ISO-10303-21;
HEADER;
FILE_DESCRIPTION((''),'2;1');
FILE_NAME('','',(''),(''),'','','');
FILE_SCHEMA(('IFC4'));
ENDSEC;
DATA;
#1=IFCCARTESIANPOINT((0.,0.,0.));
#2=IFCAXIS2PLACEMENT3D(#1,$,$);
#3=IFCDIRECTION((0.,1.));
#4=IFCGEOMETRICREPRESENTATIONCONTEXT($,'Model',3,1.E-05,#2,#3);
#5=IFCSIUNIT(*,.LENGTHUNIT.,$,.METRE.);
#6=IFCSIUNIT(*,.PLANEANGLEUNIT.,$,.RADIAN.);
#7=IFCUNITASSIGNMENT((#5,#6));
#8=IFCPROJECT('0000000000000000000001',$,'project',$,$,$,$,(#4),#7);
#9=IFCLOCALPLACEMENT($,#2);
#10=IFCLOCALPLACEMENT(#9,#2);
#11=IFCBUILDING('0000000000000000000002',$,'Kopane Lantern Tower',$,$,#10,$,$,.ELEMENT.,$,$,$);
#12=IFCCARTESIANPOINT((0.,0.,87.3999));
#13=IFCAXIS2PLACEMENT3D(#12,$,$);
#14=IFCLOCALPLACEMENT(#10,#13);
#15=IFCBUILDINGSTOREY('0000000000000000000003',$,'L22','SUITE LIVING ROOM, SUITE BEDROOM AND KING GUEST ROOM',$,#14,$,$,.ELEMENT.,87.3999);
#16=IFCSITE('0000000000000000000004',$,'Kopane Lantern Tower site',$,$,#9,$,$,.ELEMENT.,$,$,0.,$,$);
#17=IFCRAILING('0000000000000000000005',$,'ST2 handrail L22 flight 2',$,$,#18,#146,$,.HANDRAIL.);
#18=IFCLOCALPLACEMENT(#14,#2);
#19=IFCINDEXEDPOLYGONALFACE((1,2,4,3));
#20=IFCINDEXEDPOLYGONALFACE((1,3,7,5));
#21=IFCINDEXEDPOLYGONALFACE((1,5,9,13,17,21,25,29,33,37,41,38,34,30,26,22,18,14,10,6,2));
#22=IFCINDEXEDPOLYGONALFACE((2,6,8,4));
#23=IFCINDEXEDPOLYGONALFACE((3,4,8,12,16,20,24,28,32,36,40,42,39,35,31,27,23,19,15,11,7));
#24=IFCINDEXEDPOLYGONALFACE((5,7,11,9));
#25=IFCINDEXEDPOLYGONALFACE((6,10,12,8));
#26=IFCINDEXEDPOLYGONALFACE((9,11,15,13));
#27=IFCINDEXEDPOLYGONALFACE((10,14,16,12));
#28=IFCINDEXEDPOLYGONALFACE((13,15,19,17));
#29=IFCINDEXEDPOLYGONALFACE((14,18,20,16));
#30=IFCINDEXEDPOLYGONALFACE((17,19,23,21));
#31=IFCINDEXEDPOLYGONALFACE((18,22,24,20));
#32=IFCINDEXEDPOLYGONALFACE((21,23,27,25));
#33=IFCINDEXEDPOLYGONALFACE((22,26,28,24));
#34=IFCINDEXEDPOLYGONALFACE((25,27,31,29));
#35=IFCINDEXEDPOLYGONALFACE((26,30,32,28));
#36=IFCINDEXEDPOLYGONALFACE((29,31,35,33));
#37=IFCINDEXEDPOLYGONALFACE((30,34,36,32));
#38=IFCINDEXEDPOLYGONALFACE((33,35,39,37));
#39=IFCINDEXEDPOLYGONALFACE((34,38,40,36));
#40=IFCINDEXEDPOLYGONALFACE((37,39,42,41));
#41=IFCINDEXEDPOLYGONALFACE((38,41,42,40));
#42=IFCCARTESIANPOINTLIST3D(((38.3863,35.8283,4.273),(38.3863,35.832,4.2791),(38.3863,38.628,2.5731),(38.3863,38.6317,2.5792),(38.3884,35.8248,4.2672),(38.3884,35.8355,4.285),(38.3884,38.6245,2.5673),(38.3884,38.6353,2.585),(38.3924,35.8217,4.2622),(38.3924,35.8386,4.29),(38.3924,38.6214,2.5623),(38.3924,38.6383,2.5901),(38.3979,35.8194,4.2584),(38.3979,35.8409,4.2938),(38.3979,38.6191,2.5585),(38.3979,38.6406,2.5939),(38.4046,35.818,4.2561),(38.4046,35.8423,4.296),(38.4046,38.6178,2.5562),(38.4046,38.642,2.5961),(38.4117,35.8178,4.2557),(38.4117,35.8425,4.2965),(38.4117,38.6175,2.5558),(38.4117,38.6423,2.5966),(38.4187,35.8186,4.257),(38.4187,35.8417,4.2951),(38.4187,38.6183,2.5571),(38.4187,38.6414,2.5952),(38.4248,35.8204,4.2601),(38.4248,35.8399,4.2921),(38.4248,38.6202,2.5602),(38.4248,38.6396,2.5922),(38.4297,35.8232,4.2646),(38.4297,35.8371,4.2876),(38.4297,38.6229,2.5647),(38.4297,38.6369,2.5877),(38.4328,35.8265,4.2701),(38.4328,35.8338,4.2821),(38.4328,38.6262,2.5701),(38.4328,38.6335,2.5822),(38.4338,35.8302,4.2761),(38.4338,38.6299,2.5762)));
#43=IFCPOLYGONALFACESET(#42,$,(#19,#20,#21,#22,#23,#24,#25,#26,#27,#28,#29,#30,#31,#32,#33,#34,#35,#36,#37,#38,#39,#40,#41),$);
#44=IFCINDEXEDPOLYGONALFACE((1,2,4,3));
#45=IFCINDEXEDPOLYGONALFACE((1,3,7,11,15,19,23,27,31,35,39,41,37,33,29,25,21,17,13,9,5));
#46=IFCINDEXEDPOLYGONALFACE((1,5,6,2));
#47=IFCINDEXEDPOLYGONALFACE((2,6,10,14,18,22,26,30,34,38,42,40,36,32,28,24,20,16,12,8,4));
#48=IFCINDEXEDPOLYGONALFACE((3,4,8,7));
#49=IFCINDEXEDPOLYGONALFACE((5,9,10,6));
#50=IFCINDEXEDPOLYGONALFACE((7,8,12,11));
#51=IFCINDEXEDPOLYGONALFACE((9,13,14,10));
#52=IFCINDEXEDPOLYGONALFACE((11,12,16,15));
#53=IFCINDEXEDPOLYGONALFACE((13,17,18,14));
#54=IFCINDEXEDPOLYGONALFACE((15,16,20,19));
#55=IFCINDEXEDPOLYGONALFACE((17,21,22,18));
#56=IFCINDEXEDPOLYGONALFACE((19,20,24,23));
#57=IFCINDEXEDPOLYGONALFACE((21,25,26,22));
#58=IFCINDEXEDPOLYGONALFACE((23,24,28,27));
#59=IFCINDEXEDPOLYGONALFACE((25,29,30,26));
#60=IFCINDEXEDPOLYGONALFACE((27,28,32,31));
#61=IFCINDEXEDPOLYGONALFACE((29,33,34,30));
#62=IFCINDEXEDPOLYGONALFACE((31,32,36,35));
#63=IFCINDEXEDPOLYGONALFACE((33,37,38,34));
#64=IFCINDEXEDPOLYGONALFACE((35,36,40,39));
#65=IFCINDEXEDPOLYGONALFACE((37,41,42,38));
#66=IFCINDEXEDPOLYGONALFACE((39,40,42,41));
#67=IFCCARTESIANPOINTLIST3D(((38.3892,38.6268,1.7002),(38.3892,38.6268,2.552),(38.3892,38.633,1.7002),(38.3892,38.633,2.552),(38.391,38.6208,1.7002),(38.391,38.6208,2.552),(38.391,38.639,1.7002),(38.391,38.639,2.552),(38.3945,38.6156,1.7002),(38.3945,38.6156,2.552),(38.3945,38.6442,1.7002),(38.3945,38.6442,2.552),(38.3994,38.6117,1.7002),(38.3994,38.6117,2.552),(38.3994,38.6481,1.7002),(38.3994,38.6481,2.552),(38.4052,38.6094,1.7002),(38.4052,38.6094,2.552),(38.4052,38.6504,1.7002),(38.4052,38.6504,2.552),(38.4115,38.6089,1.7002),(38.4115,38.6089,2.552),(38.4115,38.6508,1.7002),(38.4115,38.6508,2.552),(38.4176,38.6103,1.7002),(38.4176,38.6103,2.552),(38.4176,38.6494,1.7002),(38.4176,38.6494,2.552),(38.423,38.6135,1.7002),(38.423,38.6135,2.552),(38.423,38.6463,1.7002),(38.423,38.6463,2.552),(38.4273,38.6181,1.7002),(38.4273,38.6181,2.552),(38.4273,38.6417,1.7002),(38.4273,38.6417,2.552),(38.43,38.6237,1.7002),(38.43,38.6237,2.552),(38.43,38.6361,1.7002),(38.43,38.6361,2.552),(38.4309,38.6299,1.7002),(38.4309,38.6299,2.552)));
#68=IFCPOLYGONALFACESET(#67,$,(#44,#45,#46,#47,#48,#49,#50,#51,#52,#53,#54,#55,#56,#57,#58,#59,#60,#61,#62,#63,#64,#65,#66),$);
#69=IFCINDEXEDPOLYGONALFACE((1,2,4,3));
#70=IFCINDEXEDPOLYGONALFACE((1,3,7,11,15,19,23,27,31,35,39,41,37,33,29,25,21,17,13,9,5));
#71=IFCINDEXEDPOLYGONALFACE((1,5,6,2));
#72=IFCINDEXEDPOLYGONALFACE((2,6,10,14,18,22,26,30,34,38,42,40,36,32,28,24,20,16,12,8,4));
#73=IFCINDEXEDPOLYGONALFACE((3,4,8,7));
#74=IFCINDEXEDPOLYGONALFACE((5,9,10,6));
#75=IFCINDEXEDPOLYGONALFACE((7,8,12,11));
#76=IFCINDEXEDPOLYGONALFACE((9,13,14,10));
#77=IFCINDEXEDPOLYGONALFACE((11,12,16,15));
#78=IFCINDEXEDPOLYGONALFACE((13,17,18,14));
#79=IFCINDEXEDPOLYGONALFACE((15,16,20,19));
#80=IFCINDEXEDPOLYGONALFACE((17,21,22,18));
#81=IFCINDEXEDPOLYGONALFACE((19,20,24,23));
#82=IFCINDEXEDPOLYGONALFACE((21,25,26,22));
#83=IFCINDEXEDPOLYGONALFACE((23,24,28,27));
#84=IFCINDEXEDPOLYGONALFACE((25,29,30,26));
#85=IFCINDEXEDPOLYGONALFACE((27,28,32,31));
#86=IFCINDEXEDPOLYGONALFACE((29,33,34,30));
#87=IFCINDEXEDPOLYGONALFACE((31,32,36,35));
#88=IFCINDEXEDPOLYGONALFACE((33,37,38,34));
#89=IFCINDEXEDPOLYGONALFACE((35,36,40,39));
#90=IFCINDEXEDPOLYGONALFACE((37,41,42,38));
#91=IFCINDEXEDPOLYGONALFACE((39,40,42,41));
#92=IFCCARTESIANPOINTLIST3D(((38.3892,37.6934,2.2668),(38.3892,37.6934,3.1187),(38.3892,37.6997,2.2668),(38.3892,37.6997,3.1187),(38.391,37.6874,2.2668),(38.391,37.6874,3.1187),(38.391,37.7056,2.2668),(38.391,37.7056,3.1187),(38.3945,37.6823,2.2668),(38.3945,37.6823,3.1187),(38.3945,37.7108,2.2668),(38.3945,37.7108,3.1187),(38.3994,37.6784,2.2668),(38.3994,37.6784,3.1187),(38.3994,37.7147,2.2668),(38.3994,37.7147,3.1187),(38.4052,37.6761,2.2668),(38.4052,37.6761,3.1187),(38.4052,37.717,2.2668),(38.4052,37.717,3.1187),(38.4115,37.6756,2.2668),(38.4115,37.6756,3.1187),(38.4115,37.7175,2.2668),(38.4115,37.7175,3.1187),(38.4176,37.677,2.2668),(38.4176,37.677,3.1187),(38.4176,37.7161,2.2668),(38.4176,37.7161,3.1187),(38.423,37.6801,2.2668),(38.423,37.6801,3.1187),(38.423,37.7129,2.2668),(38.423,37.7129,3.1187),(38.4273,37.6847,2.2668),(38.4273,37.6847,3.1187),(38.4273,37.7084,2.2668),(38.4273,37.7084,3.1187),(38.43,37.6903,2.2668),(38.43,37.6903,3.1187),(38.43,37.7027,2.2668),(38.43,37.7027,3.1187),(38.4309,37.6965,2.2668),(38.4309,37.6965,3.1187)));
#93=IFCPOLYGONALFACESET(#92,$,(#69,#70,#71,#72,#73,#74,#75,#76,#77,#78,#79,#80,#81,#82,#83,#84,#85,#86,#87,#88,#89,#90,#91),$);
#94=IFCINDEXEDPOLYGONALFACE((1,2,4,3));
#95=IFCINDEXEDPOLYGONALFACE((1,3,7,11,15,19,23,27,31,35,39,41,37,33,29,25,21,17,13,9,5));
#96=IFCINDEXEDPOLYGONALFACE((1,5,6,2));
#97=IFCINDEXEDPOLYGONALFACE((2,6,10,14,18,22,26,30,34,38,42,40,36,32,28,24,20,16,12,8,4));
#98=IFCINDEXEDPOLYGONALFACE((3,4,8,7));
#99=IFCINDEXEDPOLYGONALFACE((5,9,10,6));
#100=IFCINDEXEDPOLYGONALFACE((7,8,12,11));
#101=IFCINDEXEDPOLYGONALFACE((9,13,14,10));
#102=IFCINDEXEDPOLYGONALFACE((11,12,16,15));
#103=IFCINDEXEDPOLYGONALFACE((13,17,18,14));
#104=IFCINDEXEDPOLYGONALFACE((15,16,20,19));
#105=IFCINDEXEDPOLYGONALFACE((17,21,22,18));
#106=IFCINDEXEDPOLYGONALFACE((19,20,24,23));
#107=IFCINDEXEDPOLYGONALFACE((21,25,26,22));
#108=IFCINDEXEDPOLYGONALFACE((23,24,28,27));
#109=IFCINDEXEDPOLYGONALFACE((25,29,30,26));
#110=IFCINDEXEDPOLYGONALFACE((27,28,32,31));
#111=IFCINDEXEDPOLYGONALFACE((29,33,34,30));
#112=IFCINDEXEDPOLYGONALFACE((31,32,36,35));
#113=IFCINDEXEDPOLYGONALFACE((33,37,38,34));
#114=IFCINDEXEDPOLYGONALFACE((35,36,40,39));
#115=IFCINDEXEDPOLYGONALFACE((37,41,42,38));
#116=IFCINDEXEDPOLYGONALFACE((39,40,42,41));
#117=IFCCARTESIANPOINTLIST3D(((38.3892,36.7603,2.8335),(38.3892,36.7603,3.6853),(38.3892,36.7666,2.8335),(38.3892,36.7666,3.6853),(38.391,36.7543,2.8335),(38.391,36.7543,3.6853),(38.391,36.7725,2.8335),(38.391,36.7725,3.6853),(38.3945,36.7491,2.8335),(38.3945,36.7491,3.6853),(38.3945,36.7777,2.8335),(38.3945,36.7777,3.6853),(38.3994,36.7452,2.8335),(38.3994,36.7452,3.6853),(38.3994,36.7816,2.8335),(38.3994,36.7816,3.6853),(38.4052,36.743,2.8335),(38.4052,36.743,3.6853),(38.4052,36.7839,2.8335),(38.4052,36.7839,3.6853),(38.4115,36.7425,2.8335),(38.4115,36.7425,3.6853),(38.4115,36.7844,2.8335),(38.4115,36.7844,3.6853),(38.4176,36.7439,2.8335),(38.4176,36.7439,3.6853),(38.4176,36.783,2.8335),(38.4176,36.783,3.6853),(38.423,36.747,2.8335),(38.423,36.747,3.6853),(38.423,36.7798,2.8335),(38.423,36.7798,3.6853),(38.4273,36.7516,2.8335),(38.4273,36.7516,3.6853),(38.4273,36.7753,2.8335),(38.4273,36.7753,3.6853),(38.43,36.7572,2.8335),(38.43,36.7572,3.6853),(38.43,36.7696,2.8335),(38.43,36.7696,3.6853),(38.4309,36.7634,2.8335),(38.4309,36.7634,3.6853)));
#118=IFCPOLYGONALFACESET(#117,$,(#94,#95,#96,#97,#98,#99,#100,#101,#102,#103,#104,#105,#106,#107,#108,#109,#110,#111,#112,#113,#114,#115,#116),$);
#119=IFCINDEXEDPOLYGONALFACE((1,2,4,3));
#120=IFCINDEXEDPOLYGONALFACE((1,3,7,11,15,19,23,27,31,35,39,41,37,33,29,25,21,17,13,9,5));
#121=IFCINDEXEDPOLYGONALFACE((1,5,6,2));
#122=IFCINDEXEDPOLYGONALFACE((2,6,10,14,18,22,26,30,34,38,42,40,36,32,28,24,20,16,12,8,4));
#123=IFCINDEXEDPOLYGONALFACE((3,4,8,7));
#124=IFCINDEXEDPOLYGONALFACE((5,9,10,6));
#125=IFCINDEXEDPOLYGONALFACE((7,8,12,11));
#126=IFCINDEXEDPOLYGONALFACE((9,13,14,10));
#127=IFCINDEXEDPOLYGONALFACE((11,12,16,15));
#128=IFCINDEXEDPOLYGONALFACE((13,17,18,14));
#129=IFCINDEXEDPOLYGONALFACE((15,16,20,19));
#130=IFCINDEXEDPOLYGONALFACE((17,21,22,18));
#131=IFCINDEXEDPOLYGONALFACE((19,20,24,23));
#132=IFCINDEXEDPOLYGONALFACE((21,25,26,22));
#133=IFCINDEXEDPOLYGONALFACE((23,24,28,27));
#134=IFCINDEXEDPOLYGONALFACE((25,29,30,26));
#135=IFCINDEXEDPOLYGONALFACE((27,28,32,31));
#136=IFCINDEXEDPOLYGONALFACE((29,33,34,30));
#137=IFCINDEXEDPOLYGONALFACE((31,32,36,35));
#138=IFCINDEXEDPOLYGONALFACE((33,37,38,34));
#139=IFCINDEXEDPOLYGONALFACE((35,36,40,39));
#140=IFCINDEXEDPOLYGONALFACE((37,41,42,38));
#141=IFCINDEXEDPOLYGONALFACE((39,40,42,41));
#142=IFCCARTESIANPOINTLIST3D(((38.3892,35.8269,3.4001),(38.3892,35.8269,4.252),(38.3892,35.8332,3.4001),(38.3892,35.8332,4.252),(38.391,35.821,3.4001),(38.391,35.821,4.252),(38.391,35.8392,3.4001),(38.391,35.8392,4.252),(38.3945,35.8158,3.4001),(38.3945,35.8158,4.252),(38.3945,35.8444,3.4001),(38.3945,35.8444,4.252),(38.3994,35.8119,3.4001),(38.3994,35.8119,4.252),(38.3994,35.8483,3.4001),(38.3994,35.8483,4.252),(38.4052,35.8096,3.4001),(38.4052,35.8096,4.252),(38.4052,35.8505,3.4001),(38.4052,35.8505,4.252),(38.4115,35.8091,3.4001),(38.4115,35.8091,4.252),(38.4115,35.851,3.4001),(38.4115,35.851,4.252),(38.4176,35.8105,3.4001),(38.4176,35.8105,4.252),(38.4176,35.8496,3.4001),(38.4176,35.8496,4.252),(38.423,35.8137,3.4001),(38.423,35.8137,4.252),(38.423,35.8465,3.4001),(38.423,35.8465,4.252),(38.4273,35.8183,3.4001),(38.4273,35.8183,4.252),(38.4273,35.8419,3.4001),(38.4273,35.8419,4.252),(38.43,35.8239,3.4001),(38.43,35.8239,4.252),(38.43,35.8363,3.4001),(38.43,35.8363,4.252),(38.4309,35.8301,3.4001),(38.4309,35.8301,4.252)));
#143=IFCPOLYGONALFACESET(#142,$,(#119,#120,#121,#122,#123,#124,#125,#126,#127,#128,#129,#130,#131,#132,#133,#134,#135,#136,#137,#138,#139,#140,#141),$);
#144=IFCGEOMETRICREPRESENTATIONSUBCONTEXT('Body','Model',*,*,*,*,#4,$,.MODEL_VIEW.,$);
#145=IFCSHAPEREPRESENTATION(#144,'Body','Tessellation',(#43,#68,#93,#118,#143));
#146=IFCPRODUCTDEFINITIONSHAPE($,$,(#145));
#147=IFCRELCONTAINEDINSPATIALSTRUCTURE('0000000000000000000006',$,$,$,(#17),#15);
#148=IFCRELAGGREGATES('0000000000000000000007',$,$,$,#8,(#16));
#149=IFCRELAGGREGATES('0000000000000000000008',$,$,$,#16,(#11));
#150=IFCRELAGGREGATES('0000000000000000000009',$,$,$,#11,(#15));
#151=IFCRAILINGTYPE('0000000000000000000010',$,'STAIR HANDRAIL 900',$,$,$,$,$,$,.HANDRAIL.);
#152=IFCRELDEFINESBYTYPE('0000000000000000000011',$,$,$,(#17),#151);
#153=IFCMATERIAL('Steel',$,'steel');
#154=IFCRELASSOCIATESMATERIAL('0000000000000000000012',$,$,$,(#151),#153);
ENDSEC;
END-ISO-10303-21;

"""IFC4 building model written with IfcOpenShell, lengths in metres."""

from ifc_helpers import new_model, si_unit, direction, frame, origin, origin_2d, place, context, subcontext, project, spatial, circle, extrude, material, type_object, element, save


model = new_model("IFC4")

# Units and contexts
model_context = context("Model", 3, precision=1e-05, world=origin(), true_north=direction((0.0, 1.0)))
body_context = subcontext(model_context, "Body", "Model", "MODEL_VIEW")
ifc_project = project(units=[si_unit("LENGTHUNIT", "METRE"), si_unit("PLANEANGLEUNIT", "RADIAN")], contexts=[model_context])

# Site, building, storey
site_placement = place(None, origin())
site = spatial("IfcSite", under=ifc_project, at=site_placement, Name="Kopane Lantern Tower site", CompositionType="ELEMENT", RefElevation=0.0)
building_placement = place(site_placement, origin())
building = spatial("IfcBuilding", under=site, at=building_placement, Name="Kopane Lantern Tower", CompositionType="ELEMENT")
storey_placement = place(building_placement, frame((0.0, 0.0, 87.3999)))
storey = spatial("IfcBuildingStorey", under=building, at=storey_placement, Name="L22", Description="SUITE LIVING ROOM, SUITE BEDROOM AND KING GUEST ROOM", CompositionType="ELEMENT", Elevation=87.3999)

# Railing
ifc_material_1 = material(Name="Steel", Category="steel")
railing_type_1 = type_object("IfcRailingType", Name="STAIR HANDRAIL 900", PredefinedType="HANDRAIL", material=ifc_material_1)
railing_1_placement = place(storey_placement, frame((38.4099, 38.6299, 1.7002)))
element("IfcRailing", 1, at=railing_1_placement, inside=storey, type_object=railing_type_1, Name="ST2 handrail L22 flight 2", PredefinedType="HANDRAIL", context=body_context, shape_type="SweptSolid", body=[
    extrude(circle(Radius=0.0239, at=origin_2d()), frame((0.0, 0.0, 0.876), z_axis=(0.0, -0.854778, 0.518994), x_axis=(1.0, 0.0, 0.0)), (0.0, 0.0, 1.0), 3.2754),
    extrude(circle(Radius=0.021, at=origin_2d()), origin(), (0.0, 0.0, 1.0), 0.8518),
    extrude(circle(Radius=0.021, at=origin_2d()), frame((0.0, -0.9333, 0.5667)), (0.0, 0.0, 1.0), 0.8518),
    extrude(circle(Radius=0.021, at=origin_2d()), frame((0.0, -1.8665, 1.1333)), (0.0, 0.0, 1.0), 0.8518),
    extrude(circle(Radius=0.021, at=origin_2d()), frame((0.0, -2.7998, 1.7)), (0.0, 0.0, 1.0), 0.8518),
])

save(model, "model.ifc")
